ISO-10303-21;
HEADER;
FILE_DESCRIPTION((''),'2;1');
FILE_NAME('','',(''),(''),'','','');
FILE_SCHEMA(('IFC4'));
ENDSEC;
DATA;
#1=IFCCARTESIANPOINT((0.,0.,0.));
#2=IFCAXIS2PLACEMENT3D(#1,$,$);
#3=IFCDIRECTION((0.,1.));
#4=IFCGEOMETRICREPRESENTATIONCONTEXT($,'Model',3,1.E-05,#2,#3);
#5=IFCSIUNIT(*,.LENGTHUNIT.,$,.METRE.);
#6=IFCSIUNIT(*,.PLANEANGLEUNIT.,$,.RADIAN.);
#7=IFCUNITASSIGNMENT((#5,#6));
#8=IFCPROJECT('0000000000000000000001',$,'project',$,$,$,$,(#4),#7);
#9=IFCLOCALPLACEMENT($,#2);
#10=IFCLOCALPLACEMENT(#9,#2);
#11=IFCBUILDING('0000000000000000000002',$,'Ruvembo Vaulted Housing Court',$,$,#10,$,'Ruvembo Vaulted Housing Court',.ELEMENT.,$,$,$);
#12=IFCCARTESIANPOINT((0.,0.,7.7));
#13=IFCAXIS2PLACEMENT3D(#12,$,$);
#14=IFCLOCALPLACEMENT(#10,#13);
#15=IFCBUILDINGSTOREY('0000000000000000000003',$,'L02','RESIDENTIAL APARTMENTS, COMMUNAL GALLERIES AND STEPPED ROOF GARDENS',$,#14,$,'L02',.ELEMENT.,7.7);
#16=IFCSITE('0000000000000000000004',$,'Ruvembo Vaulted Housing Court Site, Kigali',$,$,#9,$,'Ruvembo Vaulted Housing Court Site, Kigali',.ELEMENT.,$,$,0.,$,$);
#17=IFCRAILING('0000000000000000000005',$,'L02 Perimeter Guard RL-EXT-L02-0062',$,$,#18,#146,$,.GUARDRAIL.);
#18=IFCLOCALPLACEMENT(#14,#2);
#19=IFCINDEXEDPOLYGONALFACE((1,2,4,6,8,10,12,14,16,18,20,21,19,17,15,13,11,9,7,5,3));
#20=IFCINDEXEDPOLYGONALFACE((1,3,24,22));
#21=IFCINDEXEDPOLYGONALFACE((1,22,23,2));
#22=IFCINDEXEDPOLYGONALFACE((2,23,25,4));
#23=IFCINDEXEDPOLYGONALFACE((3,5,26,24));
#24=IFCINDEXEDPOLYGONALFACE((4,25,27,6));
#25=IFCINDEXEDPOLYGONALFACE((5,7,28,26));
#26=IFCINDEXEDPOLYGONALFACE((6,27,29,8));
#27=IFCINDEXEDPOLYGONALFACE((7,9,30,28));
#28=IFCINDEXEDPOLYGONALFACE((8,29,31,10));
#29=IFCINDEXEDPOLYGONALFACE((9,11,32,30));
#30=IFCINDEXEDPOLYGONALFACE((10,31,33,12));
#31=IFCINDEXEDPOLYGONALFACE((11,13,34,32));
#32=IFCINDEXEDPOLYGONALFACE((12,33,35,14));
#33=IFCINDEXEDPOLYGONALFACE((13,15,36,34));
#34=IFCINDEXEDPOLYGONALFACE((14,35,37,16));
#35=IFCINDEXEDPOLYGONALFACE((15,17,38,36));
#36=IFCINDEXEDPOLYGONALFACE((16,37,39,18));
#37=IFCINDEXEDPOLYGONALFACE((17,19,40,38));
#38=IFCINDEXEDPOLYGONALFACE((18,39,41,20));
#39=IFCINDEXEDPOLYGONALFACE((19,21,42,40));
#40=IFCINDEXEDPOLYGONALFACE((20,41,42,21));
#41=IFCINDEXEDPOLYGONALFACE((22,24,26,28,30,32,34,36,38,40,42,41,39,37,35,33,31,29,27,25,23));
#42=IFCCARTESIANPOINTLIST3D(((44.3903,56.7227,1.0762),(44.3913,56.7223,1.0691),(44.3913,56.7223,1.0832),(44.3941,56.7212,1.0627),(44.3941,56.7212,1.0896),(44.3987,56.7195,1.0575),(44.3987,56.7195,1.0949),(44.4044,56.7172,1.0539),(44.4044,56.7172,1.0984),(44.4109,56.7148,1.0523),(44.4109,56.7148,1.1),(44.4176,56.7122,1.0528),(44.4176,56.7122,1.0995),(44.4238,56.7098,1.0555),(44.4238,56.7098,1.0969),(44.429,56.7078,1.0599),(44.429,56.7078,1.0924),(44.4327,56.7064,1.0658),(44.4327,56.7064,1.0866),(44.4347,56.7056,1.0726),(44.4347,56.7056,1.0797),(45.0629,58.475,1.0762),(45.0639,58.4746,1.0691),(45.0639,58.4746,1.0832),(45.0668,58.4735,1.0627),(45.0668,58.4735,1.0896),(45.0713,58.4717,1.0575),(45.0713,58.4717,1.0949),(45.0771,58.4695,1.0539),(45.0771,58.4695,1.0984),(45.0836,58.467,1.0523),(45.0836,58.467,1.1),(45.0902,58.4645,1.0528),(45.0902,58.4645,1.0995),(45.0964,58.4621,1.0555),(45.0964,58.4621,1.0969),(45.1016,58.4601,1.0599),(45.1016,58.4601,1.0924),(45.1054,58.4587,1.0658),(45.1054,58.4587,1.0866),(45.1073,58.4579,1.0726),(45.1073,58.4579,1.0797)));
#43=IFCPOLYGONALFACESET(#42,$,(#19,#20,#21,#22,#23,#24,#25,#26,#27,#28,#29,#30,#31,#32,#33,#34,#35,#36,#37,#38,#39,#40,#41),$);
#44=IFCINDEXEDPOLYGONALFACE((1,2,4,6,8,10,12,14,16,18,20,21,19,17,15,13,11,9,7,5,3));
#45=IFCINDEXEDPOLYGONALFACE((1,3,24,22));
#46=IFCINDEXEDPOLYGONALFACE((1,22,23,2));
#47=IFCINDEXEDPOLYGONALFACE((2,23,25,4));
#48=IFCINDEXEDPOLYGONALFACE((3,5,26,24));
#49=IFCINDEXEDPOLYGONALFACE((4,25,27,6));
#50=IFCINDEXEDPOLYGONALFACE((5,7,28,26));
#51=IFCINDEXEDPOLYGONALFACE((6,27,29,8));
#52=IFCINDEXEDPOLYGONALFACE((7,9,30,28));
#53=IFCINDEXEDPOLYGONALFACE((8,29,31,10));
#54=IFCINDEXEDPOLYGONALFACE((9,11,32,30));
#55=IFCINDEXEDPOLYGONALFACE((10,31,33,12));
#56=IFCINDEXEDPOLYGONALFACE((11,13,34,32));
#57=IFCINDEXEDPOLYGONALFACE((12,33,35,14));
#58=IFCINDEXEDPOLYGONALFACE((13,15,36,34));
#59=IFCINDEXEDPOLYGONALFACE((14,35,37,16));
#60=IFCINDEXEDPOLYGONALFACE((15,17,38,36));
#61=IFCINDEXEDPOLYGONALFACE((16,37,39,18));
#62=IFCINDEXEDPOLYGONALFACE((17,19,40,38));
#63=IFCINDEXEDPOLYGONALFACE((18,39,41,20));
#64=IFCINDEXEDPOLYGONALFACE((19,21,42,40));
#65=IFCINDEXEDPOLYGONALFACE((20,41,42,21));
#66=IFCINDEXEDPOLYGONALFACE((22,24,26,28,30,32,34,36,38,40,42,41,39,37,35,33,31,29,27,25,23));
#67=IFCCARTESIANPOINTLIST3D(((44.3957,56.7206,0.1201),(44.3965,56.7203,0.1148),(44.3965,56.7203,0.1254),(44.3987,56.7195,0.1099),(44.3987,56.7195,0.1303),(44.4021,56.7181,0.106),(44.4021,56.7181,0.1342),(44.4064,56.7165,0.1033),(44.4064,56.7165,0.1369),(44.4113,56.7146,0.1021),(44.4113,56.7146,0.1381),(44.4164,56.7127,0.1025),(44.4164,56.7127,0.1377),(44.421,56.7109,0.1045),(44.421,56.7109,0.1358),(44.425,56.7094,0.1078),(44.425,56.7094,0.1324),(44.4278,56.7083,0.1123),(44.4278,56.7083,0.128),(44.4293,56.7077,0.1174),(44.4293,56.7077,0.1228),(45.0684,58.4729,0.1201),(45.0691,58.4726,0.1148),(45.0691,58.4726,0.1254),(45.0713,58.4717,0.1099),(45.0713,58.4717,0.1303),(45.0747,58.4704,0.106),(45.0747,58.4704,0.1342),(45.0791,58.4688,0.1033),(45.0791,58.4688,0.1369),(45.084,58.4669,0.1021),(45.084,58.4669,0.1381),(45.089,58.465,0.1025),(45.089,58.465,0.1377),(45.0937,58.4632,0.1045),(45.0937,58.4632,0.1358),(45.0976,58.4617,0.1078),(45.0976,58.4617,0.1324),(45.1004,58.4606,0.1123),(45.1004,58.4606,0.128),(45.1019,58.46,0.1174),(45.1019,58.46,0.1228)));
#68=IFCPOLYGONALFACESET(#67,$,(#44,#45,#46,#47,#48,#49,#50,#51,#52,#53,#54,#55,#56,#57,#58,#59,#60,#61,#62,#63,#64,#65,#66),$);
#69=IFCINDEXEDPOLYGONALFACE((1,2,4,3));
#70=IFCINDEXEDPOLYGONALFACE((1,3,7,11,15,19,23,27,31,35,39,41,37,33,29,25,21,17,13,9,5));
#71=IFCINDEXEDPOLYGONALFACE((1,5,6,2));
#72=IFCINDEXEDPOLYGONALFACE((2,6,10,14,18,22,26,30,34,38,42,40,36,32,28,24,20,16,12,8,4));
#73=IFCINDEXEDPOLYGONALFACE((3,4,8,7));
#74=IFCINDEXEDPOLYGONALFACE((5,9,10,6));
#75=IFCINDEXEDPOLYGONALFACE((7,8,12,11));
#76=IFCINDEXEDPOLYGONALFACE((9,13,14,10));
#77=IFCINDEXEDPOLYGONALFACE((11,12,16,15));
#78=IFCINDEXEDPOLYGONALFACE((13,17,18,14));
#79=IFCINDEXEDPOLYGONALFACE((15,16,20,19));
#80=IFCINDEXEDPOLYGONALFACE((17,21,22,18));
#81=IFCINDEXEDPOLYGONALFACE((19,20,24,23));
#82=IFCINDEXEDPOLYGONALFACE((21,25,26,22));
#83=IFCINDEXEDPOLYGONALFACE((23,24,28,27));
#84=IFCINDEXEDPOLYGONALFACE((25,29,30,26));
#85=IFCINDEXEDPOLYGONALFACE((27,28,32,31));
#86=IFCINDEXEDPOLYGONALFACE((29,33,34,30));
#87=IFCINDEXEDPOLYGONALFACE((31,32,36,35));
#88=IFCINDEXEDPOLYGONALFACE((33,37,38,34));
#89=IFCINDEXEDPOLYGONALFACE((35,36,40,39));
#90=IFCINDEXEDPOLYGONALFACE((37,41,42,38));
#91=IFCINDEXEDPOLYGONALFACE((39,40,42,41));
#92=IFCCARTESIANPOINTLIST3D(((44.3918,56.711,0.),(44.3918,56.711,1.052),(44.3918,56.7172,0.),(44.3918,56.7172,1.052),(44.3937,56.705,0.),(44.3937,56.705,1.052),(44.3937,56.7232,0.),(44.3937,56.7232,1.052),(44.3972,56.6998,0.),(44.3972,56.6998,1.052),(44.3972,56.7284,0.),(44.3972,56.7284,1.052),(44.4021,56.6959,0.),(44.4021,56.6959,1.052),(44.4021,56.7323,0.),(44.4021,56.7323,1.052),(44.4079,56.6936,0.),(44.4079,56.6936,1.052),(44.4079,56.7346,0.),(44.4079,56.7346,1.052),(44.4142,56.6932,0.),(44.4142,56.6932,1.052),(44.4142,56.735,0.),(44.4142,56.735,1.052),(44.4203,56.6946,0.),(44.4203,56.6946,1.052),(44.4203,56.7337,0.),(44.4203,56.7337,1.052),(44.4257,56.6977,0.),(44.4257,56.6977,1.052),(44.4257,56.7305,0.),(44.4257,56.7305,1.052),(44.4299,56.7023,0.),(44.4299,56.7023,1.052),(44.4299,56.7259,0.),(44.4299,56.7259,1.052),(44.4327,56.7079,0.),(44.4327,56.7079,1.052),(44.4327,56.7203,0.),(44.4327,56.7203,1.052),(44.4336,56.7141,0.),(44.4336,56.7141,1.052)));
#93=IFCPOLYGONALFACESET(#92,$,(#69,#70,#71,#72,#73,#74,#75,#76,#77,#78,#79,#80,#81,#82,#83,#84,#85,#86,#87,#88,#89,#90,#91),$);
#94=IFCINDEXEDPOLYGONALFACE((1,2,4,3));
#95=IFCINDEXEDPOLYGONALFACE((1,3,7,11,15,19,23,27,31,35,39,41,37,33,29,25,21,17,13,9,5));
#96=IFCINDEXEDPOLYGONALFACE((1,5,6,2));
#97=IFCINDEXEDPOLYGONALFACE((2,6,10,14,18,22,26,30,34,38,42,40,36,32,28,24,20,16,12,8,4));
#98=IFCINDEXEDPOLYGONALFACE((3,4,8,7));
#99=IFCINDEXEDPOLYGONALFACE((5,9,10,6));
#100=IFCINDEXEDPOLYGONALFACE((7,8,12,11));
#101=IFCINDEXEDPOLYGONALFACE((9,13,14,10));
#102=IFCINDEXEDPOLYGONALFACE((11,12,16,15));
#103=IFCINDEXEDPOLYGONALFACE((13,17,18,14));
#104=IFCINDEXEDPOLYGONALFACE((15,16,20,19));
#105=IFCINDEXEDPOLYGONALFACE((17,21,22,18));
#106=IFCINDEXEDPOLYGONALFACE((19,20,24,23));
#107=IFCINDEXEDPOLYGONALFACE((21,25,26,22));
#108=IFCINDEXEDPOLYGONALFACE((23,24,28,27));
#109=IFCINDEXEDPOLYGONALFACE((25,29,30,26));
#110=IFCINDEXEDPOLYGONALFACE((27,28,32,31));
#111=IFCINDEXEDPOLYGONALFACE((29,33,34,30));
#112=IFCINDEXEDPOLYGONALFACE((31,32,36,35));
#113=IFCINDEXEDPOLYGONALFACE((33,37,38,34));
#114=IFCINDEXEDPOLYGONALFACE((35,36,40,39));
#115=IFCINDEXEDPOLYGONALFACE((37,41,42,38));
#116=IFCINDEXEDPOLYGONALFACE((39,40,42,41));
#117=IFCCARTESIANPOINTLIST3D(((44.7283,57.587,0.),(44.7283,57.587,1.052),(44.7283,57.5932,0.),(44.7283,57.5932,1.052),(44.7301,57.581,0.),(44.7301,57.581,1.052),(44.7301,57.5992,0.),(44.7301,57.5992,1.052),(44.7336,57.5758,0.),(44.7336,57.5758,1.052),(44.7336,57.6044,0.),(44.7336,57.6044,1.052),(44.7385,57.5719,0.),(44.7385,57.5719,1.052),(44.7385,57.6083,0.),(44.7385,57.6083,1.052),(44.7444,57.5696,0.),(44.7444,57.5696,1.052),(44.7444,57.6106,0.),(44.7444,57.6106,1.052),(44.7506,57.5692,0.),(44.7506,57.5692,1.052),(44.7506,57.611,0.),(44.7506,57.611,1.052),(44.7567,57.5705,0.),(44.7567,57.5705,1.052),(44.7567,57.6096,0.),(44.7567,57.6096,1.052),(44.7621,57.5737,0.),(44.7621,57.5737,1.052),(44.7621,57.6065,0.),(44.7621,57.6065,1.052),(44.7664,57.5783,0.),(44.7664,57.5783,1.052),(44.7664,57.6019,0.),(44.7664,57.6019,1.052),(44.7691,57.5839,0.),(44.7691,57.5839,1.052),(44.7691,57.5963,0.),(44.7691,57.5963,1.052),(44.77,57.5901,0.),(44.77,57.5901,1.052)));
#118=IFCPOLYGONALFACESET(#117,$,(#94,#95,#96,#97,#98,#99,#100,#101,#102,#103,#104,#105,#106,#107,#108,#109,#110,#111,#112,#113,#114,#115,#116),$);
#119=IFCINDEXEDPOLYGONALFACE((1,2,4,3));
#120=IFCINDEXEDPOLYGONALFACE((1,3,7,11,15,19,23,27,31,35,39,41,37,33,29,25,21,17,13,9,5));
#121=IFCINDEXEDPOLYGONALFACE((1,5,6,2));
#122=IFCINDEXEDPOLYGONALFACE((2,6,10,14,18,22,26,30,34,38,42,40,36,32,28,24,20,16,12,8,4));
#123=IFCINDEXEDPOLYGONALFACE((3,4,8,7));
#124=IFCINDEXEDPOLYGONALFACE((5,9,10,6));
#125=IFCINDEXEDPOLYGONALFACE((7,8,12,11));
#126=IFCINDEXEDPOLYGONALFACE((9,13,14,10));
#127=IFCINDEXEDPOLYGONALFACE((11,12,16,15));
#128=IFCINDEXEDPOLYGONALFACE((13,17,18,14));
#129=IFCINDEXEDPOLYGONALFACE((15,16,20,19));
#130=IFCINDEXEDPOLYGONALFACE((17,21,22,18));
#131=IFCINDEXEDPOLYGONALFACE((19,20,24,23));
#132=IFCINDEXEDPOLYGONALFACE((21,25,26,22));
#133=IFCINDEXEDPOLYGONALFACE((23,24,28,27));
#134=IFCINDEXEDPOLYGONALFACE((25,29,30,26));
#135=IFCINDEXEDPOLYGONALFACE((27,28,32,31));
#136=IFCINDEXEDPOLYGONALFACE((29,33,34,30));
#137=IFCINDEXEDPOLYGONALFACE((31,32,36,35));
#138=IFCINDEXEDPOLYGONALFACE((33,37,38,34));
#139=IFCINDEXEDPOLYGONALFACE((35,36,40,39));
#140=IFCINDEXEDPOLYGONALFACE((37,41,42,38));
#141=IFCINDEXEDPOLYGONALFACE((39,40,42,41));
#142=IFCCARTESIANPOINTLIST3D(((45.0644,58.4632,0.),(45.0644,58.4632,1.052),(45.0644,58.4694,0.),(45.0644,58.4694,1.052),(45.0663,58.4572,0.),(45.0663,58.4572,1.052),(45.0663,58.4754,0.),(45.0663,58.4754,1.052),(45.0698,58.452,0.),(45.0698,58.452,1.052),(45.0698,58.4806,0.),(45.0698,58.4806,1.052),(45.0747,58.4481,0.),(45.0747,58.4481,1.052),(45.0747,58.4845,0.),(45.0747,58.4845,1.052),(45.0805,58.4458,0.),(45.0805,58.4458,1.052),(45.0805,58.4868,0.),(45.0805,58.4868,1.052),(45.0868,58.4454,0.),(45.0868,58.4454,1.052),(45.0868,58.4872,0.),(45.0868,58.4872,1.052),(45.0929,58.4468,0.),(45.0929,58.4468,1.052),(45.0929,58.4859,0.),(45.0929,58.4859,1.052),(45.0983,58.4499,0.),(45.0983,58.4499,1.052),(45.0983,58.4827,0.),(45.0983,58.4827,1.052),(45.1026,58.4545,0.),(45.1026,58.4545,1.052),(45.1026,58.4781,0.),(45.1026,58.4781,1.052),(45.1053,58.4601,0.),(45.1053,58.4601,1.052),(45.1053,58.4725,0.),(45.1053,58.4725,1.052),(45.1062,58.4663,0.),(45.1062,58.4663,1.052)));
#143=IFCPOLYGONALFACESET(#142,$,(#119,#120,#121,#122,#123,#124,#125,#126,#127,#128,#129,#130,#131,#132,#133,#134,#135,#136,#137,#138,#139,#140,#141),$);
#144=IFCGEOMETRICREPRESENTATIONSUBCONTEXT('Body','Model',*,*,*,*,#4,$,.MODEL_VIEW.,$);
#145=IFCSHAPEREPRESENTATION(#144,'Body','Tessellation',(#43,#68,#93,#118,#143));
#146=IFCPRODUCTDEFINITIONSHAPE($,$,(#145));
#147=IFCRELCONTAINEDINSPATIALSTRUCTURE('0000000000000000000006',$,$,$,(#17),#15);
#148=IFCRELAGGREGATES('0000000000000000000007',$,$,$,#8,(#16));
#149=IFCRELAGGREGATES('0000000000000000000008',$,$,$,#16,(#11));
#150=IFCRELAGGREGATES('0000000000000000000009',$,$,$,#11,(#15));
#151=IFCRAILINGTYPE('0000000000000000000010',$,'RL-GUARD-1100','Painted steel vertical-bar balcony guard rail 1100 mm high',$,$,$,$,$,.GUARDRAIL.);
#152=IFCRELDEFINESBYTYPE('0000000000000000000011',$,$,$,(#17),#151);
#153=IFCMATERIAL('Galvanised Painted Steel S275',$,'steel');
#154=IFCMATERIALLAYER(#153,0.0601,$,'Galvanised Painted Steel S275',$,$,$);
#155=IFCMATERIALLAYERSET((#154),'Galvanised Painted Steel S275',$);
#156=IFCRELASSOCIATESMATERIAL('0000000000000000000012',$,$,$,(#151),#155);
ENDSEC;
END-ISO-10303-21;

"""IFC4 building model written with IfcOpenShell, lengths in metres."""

from ifc_helpers import new_model, si_unit, direction, frame, origin, origin_2d, place, context, subcontext, project, spatial, circle, extrude, material, layer, layer_set, type_object, element, save


model = new_model("IFC4")

# Units and contexts
model_context = context("Model", 3, precision=1e-05, world=origin(), true_north=direction((0.0, 1.0)))
body_context = subcontext(model_context, "Body", "Model", "MODEL_VIEW")
ifc_project = project(units=[si_unit("LENGTHUNIT", "METRE"), si_unit("PLANEANGLEUNIT", "RADIAN")], contexts=[model_context])

# Site, building, storey
site_placement = place(None, origin())
site = spatial("IfcSite", under=ifc_project, at=site_placement, Name="Ruvembo Vaulted Housing Court Site, Kigali", LongName="Ruvembo Vaulted Housing Court Site, Kigali", CompositionType="ELEMENT", RefElevation=0.0)
building_placement = place(site_placement, origin())
building = spatial("IfcBuilding", under=site, at=building_placement, Name="Ruvembo Vaulted Housing Court", LongName="Ruvembo Vaulted Housing Court", CompositionType="ELEMENT")
storey_placement = place(building_placement, frame((0.0, 0.0, 7.7)))
storey = spatial("IfcBuildingStorey", under=building, at=storey_placement, Name="L02", Description="RESIDENTIAL APARTMENTS, COMMUNAL GALLERIES AND STEPPED ROOF GARDENS", LongName="L02", CompositionType="ELEMENT", Elevation=7.7)

# Railing
ifc_material_1 = material(Name="Galvanised Painted Steel S275", Category="steel")
ifc_layer_1 = layer(ifc_material_1, 0.0601, Name="Galvanised Painted Steel S275")
ifc_layer_set_1 = layer_set([ifc_layer_1], Name="Galvanised Painted Steel S275")
railing_type = type_object("IfcRailingType", Name="RL-GUARD-1100", Description="Painted steel vertical-bar balcony guard rail 1100 mm high", PredefinedType="GUARDRAIL", material=ifc_layer_set_1)
railing_1_placement = place(storey_placement, frame((44.4126, 56.7141, 0.0)))
element("IfcRailing", 1, at=railing_1_placement, inside=storey, type_object=railing_type, Name="L02 Perimeter Guard RL-EXT-L02-0062", PredefinedType="GUARDRAIL", context=body_context, shape_type="SweptSolid", body=[
    extrude(circle(Radius=0.0239, at=origin_2d()), frame((0.0, 0.0, 1.0762), z_axis=(0.358369, 0.93358, 0.0), x_axis=(-0.93358, 0.358369, 0.0)), (0.0, 0.0, 1.0), 1.877),
    extrude(circle(Radius=0.0181, at=origin_2d()), frame((0.0, 0.0, 0.1201), z_axis=(0.358369, 0.93358, 0.0), x_axis=(-0.93358, 0.358369, 0.0)), (0.0, 0.0, 1.0), 1.877),
    extrude(circle(Radius=0.021, at=origin_2d()), origin(), (0.0, 0.0, 1.0), 1.052),
    extrude(circle(Radius=0.021, at=origin_2d()), frame((0.3364, 0.876, 0.0)), (0.0, 0.0, 1.0), 1.052),
    extrude(circle(Radius=0.021, at=origin_2d()), frame((0.6726, 1.7522, 0.0)), (0.0, 0.0, 1.0), 1.052),
])

save(model, "model.ifc")
